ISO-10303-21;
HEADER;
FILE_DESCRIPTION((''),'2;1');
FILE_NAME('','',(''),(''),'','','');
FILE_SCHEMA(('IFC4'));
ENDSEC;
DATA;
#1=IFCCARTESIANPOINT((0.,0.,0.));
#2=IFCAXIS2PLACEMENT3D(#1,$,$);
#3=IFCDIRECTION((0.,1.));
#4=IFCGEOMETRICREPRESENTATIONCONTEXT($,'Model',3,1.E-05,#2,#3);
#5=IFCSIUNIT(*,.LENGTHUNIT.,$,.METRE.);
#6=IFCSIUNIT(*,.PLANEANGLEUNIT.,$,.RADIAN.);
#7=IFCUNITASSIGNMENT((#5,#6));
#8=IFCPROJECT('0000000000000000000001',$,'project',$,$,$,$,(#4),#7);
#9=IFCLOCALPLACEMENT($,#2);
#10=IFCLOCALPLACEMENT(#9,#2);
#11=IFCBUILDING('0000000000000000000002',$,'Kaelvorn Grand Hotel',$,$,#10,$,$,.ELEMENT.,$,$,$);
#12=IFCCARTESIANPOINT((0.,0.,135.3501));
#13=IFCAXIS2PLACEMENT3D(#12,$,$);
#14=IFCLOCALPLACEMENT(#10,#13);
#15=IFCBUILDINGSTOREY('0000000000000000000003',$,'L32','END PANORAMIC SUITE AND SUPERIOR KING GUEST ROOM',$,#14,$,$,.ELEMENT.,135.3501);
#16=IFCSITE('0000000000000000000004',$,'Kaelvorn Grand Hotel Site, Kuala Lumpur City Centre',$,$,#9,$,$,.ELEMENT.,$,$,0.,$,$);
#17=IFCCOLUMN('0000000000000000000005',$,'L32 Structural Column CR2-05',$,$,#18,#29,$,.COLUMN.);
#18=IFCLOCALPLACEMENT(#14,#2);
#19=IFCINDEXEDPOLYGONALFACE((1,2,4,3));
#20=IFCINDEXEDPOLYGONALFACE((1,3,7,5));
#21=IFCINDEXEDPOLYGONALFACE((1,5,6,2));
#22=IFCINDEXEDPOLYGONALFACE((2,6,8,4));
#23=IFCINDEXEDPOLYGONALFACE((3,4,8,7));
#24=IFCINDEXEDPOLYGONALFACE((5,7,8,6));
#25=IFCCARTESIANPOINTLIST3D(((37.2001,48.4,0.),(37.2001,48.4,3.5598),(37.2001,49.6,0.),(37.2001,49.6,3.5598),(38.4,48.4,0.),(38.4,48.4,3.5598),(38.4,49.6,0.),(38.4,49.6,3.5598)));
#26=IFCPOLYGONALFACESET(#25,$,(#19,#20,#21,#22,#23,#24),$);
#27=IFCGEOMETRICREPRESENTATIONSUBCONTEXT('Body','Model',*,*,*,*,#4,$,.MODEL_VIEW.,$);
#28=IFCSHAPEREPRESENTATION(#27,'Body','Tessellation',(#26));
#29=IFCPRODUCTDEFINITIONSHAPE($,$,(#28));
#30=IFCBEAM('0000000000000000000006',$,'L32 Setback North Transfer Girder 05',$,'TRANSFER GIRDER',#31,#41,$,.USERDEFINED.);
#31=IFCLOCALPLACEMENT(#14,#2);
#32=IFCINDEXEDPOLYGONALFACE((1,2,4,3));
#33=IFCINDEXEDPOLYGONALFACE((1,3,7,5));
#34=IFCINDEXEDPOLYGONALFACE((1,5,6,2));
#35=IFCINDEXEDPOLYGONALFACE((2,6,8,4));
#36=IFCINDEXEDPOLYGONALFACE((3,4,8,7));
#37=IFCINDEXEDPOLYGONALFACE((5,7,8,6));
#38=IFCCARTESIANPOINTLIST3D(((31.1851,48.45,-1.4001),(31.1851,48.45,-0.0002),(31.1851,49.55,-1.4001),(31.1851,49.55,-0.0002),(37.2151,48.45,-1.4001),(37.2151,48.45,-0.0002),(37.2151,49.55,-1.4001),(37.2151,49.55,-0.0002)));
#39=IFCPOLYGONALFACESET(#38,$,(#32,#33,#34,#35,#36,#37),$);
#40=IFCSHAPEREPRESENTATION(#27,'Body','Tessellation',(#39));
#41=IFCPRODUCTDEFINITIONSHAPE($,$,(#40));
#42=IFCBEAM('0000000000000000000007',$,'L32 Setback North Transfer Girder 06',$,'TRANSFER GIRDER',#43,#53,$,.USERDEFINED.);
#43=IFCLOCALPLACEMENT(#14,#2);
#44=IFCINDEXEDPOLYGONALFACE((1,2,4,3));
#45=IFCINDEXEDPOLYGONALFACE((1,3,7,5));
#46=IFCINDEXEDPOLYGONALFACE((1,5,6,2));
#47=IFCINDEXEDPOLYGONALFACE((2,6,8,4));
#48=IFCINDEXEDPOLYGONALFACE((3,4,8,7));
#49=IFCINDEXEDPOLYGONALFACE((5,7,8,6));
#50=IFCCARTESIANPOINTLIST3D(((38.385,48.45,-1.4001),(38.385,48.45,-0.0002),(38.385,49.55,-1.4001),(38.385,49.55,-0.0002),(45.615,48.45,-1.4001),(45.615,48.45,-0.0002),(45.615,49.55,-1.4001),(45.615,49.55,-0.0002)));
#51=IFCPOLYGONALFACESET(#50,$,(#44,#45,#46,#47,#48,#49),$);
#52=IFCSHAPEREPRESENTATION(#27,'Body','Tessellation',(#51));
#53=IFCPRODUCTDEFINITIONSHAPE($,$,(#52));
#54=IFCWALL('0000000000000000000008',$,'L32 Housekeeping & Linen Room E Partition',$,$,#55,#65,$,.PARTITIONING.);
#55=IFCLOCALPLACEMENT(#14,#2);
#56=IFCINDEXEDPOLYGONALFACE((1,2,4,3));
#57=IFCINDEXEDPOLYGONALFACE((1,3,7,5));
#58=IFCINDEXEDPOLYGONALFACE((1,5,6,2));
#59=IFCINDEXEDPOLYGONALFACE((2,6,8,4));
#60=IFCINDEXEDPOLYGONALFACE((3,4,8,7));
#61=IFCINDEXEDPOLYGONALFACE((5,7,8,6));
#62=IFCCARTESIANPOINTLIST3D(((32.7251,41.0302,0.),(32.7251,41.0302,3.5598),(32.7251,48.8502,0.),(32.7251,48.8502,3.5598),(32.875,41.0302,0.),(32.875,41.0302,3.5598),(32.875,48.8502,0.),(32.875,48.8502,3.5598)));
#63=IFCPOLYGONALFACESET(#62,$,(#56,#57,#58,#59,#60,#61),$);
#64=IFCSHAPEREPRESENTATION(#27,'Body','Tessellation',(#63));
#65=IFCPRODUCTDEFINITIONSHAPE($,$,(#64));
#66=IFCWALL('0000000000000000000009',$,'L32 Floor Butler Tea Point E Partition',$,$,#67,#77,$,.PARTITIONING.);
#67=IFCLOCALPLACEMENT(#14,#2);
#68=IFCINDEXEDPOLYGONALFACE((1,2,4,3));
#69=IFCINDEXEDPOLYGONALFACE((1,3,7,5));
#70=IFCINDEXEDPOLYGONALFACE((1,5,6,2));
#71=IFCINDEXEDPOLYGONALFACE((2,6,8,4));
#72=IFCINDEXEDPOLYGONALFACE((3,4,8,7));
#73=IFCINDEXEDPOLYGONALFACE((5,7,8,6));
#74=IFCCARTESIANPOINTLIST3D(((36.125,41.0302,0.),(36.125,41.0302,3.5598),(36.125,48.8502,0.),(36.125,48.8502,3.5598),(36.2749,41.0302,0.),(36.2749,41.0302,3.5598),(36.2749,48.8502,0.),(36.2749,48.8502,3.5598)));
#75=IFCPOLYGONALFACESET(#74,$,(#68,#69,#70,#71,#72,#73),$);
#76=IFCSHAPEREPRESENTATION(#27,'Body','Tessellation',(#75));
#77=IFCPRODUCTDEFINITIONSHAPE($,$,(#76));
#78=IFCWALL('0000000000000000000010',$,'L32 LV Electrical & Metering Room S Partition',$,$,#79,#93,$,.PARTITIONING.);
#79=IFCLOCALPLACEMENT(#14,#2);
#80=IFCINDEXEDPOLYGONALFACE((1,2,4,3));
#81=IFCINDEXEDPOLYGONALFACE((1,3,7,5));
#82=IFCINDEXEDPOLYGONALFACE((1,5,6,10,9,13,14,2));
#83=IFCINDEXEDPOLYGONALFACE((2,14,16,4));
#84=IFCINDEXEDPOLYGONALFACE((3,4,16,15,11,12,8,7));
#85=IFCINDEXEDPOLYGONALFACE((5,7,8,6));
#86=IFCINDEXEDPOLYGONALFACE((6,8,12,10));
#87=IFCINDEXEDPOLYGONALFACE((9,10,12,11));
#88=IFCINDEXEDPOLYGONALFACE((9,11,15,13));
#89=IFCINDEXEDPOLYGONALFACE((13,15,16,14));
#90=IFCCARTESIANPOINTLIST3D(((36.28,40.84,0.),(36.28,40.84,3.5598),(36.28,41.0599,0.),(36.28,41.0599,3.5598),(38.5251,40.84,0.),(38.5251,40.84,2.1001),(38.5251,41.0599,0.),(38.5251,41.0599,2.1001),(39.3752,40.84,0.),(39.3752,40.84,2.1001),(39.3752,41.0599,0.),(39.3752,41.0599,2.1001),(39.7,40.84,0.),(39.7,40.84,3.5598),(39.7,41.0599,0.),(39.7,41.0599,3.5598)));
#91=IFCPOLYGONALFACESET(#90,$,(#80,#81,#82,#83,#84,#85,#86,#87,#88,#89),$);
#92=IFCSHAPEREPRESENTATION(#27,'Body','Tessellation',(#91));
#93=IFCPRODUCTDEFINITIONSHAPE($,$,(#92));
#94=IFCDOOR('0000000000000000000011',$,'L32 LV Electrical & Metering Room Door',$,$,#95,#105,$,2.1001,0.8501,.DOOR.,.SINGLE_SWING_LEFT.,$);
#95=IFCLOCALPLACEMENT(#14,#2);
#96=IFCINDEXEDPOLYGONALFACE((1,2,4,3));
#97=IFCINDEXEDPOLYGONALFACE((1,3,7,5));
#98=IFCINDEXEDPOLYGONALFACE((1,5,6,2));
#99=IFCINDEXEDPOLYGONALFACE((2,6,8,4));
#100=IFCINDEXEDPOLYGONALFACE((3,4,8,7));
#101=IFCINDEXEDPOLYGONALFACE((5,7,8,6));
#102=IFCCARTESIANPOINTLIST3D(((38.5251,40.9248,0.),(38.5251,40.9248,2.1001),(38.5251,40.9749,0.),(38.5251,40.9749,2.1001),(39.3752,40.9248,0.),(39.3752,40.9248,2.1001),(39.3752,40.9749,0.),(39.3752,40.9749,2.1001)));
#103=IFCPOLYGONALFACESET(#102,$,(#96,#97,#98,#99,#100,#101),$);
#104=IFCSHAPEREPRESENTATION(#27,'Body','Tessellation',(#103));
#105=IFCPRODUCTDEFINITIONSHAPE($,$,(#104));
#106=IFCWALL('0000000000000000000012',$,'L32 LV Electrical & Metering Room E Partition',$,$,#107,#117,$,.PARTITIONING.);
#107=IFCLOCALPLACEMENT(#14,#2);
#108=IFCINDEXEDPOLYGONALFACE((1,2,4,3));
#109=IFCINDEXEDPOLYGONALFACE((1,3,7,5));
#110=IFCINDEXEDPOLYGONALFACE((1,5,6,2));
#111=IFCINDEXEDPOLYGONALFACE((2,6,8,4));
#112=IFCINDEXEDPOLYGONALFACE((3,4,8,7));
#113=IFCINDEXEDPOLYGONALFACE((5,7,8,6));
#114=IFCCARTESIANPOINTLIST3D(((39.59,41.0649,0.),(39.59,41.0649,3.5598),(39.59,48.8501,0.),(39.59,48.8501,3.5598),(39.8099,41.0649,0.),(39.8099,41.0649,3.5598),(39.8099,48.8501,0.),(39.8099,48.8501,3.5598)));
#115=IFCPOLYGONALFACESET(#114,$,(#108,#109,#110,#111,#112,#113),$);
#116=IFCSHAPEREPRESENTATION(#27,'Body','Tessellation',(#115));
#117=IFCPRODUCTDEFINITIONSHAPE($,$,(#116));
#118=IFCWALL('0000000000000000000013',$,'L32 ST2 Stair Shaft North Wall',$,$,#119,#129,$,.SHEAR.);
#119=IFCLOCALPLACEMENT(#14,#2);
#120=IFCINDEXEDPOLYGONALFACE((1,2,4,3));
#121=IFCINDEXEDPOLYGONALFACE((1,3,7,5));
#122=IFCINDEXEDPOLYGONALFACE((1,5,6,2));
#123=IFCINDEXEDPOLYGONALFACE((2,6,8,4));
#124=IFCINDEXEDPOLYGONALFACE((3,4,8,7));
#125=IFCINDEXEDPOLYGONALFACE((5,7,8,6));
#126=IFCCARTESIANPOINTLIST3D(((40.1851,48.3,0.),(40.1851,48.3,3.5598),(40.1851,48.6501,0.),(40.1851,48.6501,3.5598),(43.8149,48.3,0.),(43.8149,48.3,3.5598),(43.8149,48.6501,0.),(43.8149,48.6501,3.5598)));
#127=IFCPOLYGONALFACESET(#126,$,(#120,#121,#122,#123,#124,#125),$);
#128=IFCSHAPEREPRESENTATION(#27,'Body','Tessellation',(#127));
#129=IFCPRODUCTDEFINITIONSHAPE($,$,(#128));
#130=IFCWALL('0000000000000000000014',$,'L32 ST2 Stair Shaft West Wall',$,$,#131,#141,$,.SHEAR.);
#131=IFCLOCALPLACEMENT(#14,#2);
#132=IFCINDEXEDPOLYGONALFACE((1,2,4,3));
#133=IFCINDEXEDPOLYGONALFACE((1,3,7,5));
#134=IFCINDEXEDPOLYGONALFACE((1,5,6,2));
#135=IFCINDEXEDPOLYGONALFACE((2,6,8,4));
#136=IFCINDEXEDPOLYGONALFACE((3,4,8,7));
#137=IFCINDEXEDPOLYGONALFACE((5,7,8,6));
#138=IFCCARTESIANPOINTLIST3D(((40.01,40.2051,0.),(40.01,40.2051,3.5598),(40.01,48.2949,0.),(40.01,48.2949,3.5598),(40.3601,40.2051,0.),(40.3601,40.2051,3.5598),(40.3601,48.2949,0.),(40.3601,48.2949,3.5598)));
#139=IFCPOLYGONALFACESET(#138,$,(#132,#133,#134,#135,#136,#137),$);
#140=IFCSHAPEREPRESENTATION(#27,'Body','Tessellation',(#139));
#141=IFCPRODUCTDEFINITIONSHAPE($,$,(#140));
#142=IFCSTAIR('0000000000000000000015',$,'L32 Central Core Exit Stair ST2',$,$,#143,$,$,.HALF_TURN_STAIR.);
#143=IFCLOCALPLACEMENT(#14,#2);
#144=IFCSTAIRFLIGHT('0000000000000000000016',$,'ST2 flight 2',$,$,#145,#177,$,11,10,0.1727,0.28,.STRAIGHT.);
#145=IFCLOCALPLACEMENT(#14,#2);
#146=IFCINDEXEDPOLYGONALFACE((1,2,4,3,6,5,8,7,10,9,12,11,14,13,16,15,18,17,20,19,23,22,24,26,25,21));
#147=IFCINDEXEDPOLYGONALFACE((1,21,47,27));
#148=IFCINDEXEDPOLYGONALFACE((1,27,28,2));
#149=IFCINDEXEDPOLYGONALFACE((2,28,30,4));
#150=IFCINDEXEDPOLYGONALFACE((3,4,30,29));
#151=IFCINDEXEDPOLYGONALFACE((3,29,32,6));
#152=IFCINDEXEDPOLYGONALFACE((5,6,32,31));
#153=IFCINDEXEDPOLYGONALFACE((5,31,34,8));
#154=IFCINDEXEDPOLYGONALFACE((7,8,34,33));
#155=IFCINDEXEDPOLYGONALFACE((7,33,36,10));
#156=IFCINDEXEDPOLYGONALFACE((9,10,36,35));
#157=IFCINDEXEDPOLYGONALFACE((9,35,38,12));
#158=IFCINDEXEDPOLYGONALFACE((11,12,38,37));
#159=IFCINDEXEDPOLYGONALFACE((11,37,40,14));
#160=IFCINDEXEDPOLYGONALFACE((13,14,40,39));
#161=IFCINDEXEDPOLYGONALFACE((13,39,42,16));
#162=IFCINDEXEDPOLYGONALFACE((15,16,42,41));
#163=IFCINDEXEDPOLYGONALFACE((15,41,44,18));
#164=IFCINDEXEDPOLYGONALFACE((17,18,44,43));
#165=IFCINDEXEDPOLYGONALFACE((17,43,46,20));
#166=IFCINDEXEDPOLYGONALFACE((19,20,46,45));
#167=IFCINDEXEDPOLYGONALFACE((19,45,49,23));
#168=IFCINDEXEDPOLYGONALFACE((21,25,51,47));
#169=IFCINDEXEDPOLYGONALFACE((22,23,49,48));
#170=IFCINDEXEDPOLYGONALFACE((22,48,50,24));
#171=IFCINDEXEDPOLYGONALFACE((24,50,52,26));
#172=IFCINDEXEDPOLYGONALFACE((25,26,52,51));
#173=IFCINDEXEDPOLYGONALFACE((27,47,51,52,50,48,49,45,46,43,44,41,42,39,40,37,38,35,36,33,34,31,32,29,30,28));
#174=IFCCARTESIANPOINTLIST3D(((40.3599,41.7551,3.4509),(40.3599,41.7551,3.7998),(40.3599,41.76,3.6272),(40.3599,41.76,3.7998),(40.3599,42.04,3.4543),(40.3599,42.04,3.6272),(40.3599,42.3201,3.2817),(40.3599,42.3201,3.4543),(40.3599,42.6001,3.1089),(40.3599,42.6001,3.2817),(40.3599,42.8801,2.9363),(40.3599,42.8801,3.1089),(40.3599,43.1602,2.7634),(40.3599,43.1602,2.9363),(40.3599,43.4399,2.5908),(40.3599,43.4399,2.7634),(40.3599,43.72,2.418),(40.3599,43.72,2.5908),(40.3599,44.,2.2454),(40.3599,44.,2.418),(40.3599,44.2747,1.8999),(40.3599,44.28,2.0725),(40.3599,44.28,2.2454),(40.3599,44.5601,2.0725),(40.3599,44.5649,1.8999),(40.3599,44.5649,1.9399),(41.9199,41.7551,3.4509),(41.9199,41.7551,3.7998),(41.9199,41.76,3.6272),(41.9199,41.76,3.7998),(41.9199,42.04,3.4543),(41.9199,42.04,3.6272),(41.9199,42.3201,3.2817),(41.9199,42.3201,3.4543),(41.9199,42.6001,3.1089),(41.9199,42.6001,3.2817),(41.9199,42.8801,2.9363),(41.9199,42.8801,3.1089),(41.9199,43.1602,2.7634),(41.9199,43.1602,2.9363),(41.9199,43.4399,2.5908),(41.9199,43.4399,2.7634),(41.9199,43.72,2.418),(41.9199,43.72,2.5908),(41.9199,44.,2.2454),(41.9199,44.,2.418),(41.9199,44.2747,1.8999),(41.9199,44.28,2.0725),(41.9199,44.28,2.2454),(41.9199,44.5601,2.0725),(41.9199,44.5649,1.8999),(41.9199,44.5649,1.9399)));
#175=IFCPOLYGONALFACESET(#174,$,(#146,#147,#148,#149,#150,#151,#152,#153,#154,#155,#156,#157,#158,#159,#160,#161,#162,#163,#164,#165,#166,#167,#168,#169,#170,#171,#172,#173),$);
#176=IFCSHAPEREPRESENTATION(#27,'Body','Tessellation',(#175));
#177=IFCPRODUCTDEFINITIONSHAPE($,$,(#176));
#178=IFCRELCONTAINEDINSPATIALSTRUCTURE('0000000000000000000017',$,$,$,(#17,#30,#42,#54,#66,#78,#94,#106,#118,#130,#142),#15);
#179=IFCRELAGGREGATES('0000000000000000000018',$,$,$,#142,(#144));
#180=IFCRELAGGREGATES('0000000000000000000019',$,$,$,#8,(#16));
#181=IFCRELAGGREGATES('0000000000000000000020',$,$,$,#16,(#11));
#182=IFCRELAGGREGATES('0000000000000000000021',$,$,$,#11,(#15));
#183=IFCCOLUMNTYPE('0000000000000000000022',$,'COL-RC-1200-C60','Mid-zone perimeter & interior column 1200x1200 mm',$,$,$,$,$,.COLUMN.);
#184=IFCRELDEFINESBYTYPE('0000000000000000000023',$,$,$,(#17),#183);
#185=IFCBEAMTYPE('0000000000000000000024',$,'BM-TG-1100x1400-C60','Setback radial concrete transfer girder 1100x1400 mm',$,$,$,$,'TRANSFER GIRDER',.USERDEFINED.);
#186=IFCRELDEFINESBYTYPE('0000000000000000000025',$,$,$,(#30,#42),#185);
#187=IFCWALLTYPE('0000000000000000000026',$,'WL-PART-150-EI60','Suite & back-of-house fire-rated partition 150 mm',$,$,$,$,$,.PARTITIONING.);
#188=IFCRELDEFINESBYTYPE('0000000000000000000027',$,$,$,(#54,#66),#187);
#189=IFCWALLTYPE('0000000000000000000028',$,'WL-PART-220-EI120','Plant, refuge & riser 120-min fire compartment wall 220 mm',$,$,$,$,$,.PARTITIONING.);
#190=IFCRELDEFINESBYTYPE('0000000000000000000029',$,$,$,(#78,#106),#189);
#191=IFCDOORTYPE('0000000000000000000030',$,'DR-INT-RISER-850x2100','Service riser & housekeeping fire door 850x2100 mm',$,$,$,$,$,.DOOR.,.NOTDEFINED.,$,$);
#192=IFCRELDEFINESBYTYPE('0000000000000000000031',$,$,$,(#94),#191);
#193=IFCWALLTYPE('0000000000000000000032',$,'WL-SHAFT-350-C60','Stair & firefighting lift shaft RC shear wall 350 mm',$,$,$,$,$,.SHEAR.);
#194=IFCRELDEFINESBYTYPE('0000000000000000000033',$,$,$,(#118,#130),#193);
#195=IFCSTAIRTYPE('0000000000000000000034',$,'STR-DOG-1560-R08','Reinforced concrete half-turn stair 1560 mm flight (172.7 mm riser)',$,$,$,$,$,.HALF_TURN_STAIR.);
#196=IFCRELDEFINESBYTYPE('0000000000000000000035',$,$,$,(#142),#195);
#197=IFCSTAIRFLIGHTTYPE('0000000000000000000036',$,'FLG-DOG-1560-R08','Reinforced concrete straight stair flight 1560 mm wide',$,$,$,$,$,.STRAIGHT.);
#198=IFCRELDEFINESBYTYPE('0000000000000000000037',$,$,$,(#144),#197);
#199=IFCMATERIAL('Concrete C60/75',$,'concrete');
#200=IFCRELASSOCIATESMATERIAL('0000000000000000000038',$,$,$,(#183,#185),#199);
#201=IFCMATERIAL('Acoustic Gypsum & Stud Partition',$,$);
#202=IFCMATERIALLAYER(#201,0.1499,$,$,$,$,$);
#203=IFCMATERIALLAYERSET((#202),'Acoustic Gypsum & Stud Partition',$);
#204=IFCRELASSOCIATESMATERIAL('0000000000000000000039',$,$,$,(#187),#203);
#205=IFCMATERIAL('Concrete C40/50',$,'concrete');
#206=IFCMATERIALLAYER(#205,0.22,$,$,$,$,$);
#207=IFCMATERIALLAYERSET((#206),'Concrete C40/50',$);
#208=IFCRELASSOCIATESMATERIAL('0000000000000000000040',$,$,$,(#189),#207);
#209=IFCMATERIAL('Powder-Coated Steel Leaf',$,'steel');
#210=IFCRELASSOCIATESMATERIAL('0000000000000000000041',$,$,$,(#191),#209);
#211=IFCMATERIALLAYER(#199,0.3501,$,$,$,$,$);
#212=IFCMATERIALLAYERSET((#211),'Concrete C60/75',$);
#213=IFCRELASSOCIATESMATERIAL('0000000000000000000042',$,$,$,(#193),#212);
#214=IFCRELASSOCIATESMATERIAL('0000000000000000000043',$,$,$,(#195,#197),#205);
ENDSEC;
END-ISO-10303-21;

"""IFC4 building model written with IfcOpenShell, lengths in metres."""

from ifc_helpers import new_model, si_unit, direction, frame, frame_2d, origin, origin_2d, place, context, subcontext, project, spatial, polyline, rectangle, outline, extrude, material, layer, layer_set, material_profile, profile_set, type_object, element, fill, aggregate, save


model = new_model("IFC4")

# Units and contexts
model_context = context("Model", 3, precision=1e-05, world=origin(), true_north=direction((0.0, 1.0)))
body_context = subcontext(model_context, "Body", "Model", "MODEL_VIEW")
ifc_project = project(units=[si_unit("LENGTHUNIT", "METRE"), si_unit("PLANEANGLEUNIT", "RADIAN")], contexts=[model_context])

# Site, building, storey
site_placement = place(None, origin())
site = spatial("IfcSite", under=ifc_project, at=site_placement, Name="Kaelvorn Grand Hotel Site, Kuala Lumpur City Centre", CompositionType="ELEMENT", RefElevation=0.0)
building_placement = place(site_placement, origin())
building = spatial("IfcBuilding", under=site, at=building_placement, Name="Kaelvorn Grand Hotel", CompositionType="ELEMENT")
storey_placement = place(building_placement, frame((0.0, 0.0, 135.3501)))
storey = spatial("IfcBuildingStorey", under=building, at=storey_placement, Name="L32", Description="END PANORAMIC SUITE AND SUPERIOR KING GUEST ROOM", CompositionType="ELEMENT", Elevation=135.3501)

# Column
ifc_material_1 = material(Name="Concrete C60/75", Category="concrete")
ifc_material_profile_1 = material_profile(ifc_material_1, rectangle(XDim=1.2, YDim=1.2, at=origin_2d()), Name="RC COL 1200x1200")
ifc_profile_set_1 = profile_set([ifc_material_profile_1], Name="Concrete C60/75")
column_type = type_object("IfcColumnType", Name="COL-RC-1200-C60", Description="Mid-zone perimeter & interior column 1200x1200 mm", PredefinedType="COLUMN", material=ifc_profile_set_1)
column_placement = place(storey_placement, frame((37.8, 49.0, 0.0), z_axis=(0.0, 0.0, 1.0), x_axis=(1.0, 0.0, 0.0)))
element("IfcColumn", 1, at=column_placement, inside=storey, type_object=column_type, Name="L32 Structural Column CR2-05", PredefinedType="COLUMN", context=body_context, shape_type="SweptSolid", body=[
    extrude(rectangle(XDim=1.2, YDim=1.2, at=origin_2d()), origin(), (0.0, 0.0, 1.0), 3.5598),
])

# Beams
ifc_material_profile_2 = material_profile(ifc_material_1, rectangle(XDim=1.1001, YDim=1.3999, at=origin_2d()), Name="RC TG 1100x1400")
ifc_profile_set_2 = profile_set([ifc_material_profile_2], Name="Concrete C60/75")
beam_type = type_object("IfcBeamType", Name="BM-TG-1100x1400-C60", Description="Setback radial concrete transfer girder 1100x1400 mm", ElementType="TRANSFER GIRDER", PredefinedType="USERDEFINED", material=ifc_profile_set_2)
beam_1_placement = place(storey_placement, frame((31.1851, 49.0, -0.7002), z_axis=(1.0, 0.0, 0.0), x_axis=(0.0, 1.0, 0.0)))
element("IfcBeam", 2, at=beam_1_placement, inside=storey, type_object=beam_type, Name="L32 Setback North Transfer Girder 05", ObjectType="TRANSFER GIRDER", PredefinedType="USERDEFINED", context=body_context, shape_type="SweptSolid", body=[
    extrude(rectangle(XDim=1.1001, YDim=1.3999, at=origin_2d()), origin(), (0.0, 0.0, 1.0), 6.03),
])
beam_2_placement = place(storey_placement, frame((38.385, 49.0, -0.7002), z_axis=(1.0, 0.0, 0.0), x_axis=(0.0, 1.0, 0.0)))
element("IfcBeam", 3, at=beam_2_placement, inside=storey, type_object=beam_type, Name="L32 Setback North Transfer Girder 06", ObjectType="TRANSFER GIRDER", PredefinedType="USERDEFINED", context=body_context, shape_type="SweptSolid", body=[
    extrude(rectangle(XDim=1.1001, YDim=1.3999, at=origin_2d()), origin(), (0.0, 0.0, 1.0), 7.23),
])

# Wall
ifc_material_2 = material(Name="Acoustic Gypsum & Stud Partition")
ifc_layer_1 = layer(ifc_material_2, 0.1499)
ifc_layer_set_1 = layer_set([ifc_layer_1], Name="Acoustic Gypsum & Stud Partition")
wall_type_1 = type_object("IfcWallType", Name="WL-PART-150-EI60", Description="Suite & back-of-house fire-rated partition 150 mm", PredefinedType="PARTITIONING", material=ifc_layer_set_1)
wall_1_placement = place(storey_placement, frame((32.8, 41.03, 0.0), z_axis=(0.0, 0.0, 1.0), x_axis=(0.0, 1.0, 0.0)))
element("IfcWall", 4, at=wall_1_placement, inside=storey, type_object=wall_type_1, Name="L32 Housekeeping & Linen Room E Partition", PredefinedType="PARTITIONING", context=body_context, shape_type="SweptSolid", body=[
    extrude(rectangle(XDim=7.8201, YDim=0.1499, at=frame_2d((3.9102, 0.0))), origin(), (0.0, 0.0, 1.0), 3.5598),
])

# Wall
wall_2_placement = place(storey_placement, frame((36.2, 41.03, 0.0), z_axis=(0.0, 0.0, 1.0), x_axis=(0.0, 1.0, 0.0)))
element("IfcWall", 5, at=wall_2_placement, inside=storey, type_object=wall_type_1, Name="L32 Floor Butler Tea Point E Partition", PredefinedType="PARTITIONING", context=body_context, shape_type="SweptSolid", body=[
    extrude(rectangle(XDim=7.8201, YDim=0.1499, at=frame_2d((3.9102, 0.0))), origin(), (0.0, 0.0, 1.0), 3.5598),
])

# Wall, opening, door
ifc_material_3 = material(Name="Concrete C40/50", Category="concrete")
ifc_layer_2 = layer(ifc_material_3, 0.22)
ifc_layer_set_2 = layer_set([ifc_layer_2], Name="Concrete C40/50")
wall_type_2 = type_object("IfcWallType", Name="WL-PART-220-EI120", Description="Plant, refuge & riser 120-min fire compartment wall 220 mm", PredefinedType="PARTITIONING", material=ifc_layer_set_2)
wall_3_placement = place(storey_placement, frame((36.28, 40.95, 0.0), z_axis=(0.0, 0.0, 1.0), x_axis=(1.0, 0.0, 0.0)))
wall_3 = element("IfcWall", 6, at=wall_3_placement, inside=storey, type_object=wall_type_2, Name="L32 LV Electrical & Metering Room S Partition", PredefinedType="PARTITIONING", context=body_context, shape_type="SweptSolid", body=[
    extrude(rectangle(XDim=3.4199, YDim=0.22, at=frame_2d((1.71, 0.0))), origin(), (0.0, 0.0, 1.0), 3.5598),
])
opening_1_placement = place(wall_3_placement, frame((2.2451, 0.0, 0.0)))
opening_1 = element("IfcOpeningElement", 7, at=opening_1_placement, cuts=wall_3, PredefinedType="OPENING", context=body_context, shape_type="SweptSolid", body=[
    extrude(rectangle(XDim=0.8501, YDim=2.1001, at=frame_2d((0.425, 1.05))), frame((0.0, 0.1201, 0.0), z_axis=(0.0, -1.0, 0.0), x_axis=(1.0, 0.0, 0.0)), (0.0, 0.0, 1.0), 0.24),
])
ifc_material_4 = material(Name="Powder-Coated Steel Leaf", Category="steel")
door_type_1 = type_object("IfcDoorType", Name="DR-INT-RISER-850x2100", Description="Service riser & housekeeping fire door 850x2100 mm", OperationType="NOTDEFINED", PredefinedType="DOOR", material=ifc_material_4)
door_1_placement = place(opening_1_placement, origin())
door_1 = element("IfcDoor", 8, at=door_1_placement, inside=storey, type_object=door_type_1, Name="L32 LV Electrical & Metering Room Door", OperationType="SINGLE_SWING_LEFT", OverallHeight=2.1001, OverallWidth=0.8501, PredefinedType="DOOR", context=body_context, shape_type="SweptSolid", body=[
    extrude(rectangle(XDim=0.8501, YDim=2.1001, at=frame_2d((0.425, 1.05))), frame((0.0, 0.0249, 0.0), z_axis=(0.0, -1.0, 0.0), x_axis=(1.0, 0.0, 0.0)), (0.0, 0.0, 1.0), 0.05),
])
fill(opening_1, door_1)

# Wall
wall_4_placement = place(storey_placement, frame((39.7, 41.0649, 0.0), z_axis=(0.0, 0.0, 1.0), x_axis=(0.0, 1.0, 0.0)))
element("IfcWall", 9, at=wall_4_placement, inside=storey, type_object=wall_type_2, Name="L32 LV Electrical & Metering Room E Partition", PredefinedType="PARTITIONING", context=body_context, shape_type="SweptSolid", body=[
    extrude(rectangle(XDim=7.7852, YDim=0.22, at=frame_2d((3.8926, 0.0))), origin(), (0.0, 0.0, 1.0), 3.5598),
])

# Shared definitions
ifc_layer_3 = layer(ifc_material_1, 0.3501)
ifc_layer_set_3 = layer_set([ifc_layer_3], Name="Concrete C60/75")
wall_type_3 = type_object("IfcWallType", Name="WL-SHAFT-350-C60", Description="Stair & firefighting lift shaft RC shear wall 350 mm", PredefinedType="SHEAR", material=ifc_layer_set_3)

# Walls
wall_5_placement = place(storey_placement, frame((40.1851, 48.4751, 0.0), z_axis=(0.0, 0.0, 1.0), x_axis=(1.0, 0.0, 0.0)))
element("IfcWall", 10, at=wall_5_placement, inside=storey, type_object=wall_type_3, Name="L32 ST2 Stair Shaft North Wall", PredefinedType="SHEAR", context=body_context, shape_type="SweptSolid", body=[
    extrude(rectangle(XDim=3.6299, YDim=0.3501, at=frame_2d((1.8149, 0.0))), origin(), (0.0, 0.0, 1.0), 3.5598),
])
wall_6_placement = place(storey_placement, frame((40.1851, 40.2051, 0.0), z_axis=(0.0, 0.0, 1.0), x_axis=(0.0, 1.0, 0.0)))
element("IfcWall", 11, at=wall_6_placement, inside=storey, type_object=wall_type_3, Name="L32 ST2 Stair Shaft West Wall", PredefinedType="SHEAR", context=body_context, shape_type="SweptSolid", body=[
    extrude(rectangle(XDim=8.0898, YDim=0.3501, at=frame_2d((4.0449, 0.0))), origin(), (0.0, 0.0, 1.0), 3.5598),
])

# Stair, stair flight
stair_type = type_object("IfcStairType", Name="STR-DOG-1560-R08", Description="Reinforced concrete half-turn stair 1560 mm flight (172.7 mm riser)", PredefinedType="HALF_TURN_STAIR", material=ifc_material_3)
stair_placement = place(storey_placement, origin())
stair = element("IfcStair", 12, at=stair_placement, inside=storey, type_object=stair_type, Name="L32 Central Core Exit Stair ST2", PredefinedType="HALF_TURN_STAIR")
stair_flight_type = type_object("IfcStairFlightType", Name="FLG-DOG-1560-R08", Description="Reinforced concrete straight stair flight 1560 mm wide", PredefinedType="STRAIGHT", material=ifc_material_3)
stair_flight_placement = place(storey_placement, frame((41.1399, 44.5601, 1.8999), z_axis=(0.0, 0.0, 1.0), x_axis=(0.0, -1.0, 0.0)))
stair_flight = element("IfcStairFlight", 13, at=stair_flight_placement, type_object=stair_flight_type, Name="ST2 flight 2", NumberOfRisers=11, NumberOfTreads=10, PredefinedType="STRAIGHT", RiserHeight=0.1727, TreadLength=0.28, context=body_context, shape_type="SweptSolid", body=[
    extrude(outline(polyline([(-0.0049, 0.0), (-0.0049, 0.04), (0.0, 0.1726), (0.28, 0.1726), (0.28, 0.3455), (0.5601, 0.3455), (0.5601, 0.5181), (0.8401, 0.5181), (0.8401, 0.6909), (1.1201, 0.6909), (1.1201, 0.8635), (1.3999, 0.8635), (1.3999, 1.0364), (1.6799, 1.0364), (1.6799, 1.209), (1.96, 1.209), (1.96, 1.3818), (2.24, 1.3818), (2.24, 1.5544), (2.52, 1.5544), (2.52, 1.7273), (2.8, 1.7273), (2.8, 1.8999), (2.8049, 1.8999), (2.8049, 1.551), (0.2854, 0.0), (-0.0049, 0.0)])), frame((0.0, 0.78, 0.0), z_axis=(0.0, -1.0, 0.0), x_axis=(1.0, 0.0, 0.0)), (0.0, 0.0, 1.0), 1.5601),
])
aggregate(stair, [stair_flight])

save(model, "model.ifc")
